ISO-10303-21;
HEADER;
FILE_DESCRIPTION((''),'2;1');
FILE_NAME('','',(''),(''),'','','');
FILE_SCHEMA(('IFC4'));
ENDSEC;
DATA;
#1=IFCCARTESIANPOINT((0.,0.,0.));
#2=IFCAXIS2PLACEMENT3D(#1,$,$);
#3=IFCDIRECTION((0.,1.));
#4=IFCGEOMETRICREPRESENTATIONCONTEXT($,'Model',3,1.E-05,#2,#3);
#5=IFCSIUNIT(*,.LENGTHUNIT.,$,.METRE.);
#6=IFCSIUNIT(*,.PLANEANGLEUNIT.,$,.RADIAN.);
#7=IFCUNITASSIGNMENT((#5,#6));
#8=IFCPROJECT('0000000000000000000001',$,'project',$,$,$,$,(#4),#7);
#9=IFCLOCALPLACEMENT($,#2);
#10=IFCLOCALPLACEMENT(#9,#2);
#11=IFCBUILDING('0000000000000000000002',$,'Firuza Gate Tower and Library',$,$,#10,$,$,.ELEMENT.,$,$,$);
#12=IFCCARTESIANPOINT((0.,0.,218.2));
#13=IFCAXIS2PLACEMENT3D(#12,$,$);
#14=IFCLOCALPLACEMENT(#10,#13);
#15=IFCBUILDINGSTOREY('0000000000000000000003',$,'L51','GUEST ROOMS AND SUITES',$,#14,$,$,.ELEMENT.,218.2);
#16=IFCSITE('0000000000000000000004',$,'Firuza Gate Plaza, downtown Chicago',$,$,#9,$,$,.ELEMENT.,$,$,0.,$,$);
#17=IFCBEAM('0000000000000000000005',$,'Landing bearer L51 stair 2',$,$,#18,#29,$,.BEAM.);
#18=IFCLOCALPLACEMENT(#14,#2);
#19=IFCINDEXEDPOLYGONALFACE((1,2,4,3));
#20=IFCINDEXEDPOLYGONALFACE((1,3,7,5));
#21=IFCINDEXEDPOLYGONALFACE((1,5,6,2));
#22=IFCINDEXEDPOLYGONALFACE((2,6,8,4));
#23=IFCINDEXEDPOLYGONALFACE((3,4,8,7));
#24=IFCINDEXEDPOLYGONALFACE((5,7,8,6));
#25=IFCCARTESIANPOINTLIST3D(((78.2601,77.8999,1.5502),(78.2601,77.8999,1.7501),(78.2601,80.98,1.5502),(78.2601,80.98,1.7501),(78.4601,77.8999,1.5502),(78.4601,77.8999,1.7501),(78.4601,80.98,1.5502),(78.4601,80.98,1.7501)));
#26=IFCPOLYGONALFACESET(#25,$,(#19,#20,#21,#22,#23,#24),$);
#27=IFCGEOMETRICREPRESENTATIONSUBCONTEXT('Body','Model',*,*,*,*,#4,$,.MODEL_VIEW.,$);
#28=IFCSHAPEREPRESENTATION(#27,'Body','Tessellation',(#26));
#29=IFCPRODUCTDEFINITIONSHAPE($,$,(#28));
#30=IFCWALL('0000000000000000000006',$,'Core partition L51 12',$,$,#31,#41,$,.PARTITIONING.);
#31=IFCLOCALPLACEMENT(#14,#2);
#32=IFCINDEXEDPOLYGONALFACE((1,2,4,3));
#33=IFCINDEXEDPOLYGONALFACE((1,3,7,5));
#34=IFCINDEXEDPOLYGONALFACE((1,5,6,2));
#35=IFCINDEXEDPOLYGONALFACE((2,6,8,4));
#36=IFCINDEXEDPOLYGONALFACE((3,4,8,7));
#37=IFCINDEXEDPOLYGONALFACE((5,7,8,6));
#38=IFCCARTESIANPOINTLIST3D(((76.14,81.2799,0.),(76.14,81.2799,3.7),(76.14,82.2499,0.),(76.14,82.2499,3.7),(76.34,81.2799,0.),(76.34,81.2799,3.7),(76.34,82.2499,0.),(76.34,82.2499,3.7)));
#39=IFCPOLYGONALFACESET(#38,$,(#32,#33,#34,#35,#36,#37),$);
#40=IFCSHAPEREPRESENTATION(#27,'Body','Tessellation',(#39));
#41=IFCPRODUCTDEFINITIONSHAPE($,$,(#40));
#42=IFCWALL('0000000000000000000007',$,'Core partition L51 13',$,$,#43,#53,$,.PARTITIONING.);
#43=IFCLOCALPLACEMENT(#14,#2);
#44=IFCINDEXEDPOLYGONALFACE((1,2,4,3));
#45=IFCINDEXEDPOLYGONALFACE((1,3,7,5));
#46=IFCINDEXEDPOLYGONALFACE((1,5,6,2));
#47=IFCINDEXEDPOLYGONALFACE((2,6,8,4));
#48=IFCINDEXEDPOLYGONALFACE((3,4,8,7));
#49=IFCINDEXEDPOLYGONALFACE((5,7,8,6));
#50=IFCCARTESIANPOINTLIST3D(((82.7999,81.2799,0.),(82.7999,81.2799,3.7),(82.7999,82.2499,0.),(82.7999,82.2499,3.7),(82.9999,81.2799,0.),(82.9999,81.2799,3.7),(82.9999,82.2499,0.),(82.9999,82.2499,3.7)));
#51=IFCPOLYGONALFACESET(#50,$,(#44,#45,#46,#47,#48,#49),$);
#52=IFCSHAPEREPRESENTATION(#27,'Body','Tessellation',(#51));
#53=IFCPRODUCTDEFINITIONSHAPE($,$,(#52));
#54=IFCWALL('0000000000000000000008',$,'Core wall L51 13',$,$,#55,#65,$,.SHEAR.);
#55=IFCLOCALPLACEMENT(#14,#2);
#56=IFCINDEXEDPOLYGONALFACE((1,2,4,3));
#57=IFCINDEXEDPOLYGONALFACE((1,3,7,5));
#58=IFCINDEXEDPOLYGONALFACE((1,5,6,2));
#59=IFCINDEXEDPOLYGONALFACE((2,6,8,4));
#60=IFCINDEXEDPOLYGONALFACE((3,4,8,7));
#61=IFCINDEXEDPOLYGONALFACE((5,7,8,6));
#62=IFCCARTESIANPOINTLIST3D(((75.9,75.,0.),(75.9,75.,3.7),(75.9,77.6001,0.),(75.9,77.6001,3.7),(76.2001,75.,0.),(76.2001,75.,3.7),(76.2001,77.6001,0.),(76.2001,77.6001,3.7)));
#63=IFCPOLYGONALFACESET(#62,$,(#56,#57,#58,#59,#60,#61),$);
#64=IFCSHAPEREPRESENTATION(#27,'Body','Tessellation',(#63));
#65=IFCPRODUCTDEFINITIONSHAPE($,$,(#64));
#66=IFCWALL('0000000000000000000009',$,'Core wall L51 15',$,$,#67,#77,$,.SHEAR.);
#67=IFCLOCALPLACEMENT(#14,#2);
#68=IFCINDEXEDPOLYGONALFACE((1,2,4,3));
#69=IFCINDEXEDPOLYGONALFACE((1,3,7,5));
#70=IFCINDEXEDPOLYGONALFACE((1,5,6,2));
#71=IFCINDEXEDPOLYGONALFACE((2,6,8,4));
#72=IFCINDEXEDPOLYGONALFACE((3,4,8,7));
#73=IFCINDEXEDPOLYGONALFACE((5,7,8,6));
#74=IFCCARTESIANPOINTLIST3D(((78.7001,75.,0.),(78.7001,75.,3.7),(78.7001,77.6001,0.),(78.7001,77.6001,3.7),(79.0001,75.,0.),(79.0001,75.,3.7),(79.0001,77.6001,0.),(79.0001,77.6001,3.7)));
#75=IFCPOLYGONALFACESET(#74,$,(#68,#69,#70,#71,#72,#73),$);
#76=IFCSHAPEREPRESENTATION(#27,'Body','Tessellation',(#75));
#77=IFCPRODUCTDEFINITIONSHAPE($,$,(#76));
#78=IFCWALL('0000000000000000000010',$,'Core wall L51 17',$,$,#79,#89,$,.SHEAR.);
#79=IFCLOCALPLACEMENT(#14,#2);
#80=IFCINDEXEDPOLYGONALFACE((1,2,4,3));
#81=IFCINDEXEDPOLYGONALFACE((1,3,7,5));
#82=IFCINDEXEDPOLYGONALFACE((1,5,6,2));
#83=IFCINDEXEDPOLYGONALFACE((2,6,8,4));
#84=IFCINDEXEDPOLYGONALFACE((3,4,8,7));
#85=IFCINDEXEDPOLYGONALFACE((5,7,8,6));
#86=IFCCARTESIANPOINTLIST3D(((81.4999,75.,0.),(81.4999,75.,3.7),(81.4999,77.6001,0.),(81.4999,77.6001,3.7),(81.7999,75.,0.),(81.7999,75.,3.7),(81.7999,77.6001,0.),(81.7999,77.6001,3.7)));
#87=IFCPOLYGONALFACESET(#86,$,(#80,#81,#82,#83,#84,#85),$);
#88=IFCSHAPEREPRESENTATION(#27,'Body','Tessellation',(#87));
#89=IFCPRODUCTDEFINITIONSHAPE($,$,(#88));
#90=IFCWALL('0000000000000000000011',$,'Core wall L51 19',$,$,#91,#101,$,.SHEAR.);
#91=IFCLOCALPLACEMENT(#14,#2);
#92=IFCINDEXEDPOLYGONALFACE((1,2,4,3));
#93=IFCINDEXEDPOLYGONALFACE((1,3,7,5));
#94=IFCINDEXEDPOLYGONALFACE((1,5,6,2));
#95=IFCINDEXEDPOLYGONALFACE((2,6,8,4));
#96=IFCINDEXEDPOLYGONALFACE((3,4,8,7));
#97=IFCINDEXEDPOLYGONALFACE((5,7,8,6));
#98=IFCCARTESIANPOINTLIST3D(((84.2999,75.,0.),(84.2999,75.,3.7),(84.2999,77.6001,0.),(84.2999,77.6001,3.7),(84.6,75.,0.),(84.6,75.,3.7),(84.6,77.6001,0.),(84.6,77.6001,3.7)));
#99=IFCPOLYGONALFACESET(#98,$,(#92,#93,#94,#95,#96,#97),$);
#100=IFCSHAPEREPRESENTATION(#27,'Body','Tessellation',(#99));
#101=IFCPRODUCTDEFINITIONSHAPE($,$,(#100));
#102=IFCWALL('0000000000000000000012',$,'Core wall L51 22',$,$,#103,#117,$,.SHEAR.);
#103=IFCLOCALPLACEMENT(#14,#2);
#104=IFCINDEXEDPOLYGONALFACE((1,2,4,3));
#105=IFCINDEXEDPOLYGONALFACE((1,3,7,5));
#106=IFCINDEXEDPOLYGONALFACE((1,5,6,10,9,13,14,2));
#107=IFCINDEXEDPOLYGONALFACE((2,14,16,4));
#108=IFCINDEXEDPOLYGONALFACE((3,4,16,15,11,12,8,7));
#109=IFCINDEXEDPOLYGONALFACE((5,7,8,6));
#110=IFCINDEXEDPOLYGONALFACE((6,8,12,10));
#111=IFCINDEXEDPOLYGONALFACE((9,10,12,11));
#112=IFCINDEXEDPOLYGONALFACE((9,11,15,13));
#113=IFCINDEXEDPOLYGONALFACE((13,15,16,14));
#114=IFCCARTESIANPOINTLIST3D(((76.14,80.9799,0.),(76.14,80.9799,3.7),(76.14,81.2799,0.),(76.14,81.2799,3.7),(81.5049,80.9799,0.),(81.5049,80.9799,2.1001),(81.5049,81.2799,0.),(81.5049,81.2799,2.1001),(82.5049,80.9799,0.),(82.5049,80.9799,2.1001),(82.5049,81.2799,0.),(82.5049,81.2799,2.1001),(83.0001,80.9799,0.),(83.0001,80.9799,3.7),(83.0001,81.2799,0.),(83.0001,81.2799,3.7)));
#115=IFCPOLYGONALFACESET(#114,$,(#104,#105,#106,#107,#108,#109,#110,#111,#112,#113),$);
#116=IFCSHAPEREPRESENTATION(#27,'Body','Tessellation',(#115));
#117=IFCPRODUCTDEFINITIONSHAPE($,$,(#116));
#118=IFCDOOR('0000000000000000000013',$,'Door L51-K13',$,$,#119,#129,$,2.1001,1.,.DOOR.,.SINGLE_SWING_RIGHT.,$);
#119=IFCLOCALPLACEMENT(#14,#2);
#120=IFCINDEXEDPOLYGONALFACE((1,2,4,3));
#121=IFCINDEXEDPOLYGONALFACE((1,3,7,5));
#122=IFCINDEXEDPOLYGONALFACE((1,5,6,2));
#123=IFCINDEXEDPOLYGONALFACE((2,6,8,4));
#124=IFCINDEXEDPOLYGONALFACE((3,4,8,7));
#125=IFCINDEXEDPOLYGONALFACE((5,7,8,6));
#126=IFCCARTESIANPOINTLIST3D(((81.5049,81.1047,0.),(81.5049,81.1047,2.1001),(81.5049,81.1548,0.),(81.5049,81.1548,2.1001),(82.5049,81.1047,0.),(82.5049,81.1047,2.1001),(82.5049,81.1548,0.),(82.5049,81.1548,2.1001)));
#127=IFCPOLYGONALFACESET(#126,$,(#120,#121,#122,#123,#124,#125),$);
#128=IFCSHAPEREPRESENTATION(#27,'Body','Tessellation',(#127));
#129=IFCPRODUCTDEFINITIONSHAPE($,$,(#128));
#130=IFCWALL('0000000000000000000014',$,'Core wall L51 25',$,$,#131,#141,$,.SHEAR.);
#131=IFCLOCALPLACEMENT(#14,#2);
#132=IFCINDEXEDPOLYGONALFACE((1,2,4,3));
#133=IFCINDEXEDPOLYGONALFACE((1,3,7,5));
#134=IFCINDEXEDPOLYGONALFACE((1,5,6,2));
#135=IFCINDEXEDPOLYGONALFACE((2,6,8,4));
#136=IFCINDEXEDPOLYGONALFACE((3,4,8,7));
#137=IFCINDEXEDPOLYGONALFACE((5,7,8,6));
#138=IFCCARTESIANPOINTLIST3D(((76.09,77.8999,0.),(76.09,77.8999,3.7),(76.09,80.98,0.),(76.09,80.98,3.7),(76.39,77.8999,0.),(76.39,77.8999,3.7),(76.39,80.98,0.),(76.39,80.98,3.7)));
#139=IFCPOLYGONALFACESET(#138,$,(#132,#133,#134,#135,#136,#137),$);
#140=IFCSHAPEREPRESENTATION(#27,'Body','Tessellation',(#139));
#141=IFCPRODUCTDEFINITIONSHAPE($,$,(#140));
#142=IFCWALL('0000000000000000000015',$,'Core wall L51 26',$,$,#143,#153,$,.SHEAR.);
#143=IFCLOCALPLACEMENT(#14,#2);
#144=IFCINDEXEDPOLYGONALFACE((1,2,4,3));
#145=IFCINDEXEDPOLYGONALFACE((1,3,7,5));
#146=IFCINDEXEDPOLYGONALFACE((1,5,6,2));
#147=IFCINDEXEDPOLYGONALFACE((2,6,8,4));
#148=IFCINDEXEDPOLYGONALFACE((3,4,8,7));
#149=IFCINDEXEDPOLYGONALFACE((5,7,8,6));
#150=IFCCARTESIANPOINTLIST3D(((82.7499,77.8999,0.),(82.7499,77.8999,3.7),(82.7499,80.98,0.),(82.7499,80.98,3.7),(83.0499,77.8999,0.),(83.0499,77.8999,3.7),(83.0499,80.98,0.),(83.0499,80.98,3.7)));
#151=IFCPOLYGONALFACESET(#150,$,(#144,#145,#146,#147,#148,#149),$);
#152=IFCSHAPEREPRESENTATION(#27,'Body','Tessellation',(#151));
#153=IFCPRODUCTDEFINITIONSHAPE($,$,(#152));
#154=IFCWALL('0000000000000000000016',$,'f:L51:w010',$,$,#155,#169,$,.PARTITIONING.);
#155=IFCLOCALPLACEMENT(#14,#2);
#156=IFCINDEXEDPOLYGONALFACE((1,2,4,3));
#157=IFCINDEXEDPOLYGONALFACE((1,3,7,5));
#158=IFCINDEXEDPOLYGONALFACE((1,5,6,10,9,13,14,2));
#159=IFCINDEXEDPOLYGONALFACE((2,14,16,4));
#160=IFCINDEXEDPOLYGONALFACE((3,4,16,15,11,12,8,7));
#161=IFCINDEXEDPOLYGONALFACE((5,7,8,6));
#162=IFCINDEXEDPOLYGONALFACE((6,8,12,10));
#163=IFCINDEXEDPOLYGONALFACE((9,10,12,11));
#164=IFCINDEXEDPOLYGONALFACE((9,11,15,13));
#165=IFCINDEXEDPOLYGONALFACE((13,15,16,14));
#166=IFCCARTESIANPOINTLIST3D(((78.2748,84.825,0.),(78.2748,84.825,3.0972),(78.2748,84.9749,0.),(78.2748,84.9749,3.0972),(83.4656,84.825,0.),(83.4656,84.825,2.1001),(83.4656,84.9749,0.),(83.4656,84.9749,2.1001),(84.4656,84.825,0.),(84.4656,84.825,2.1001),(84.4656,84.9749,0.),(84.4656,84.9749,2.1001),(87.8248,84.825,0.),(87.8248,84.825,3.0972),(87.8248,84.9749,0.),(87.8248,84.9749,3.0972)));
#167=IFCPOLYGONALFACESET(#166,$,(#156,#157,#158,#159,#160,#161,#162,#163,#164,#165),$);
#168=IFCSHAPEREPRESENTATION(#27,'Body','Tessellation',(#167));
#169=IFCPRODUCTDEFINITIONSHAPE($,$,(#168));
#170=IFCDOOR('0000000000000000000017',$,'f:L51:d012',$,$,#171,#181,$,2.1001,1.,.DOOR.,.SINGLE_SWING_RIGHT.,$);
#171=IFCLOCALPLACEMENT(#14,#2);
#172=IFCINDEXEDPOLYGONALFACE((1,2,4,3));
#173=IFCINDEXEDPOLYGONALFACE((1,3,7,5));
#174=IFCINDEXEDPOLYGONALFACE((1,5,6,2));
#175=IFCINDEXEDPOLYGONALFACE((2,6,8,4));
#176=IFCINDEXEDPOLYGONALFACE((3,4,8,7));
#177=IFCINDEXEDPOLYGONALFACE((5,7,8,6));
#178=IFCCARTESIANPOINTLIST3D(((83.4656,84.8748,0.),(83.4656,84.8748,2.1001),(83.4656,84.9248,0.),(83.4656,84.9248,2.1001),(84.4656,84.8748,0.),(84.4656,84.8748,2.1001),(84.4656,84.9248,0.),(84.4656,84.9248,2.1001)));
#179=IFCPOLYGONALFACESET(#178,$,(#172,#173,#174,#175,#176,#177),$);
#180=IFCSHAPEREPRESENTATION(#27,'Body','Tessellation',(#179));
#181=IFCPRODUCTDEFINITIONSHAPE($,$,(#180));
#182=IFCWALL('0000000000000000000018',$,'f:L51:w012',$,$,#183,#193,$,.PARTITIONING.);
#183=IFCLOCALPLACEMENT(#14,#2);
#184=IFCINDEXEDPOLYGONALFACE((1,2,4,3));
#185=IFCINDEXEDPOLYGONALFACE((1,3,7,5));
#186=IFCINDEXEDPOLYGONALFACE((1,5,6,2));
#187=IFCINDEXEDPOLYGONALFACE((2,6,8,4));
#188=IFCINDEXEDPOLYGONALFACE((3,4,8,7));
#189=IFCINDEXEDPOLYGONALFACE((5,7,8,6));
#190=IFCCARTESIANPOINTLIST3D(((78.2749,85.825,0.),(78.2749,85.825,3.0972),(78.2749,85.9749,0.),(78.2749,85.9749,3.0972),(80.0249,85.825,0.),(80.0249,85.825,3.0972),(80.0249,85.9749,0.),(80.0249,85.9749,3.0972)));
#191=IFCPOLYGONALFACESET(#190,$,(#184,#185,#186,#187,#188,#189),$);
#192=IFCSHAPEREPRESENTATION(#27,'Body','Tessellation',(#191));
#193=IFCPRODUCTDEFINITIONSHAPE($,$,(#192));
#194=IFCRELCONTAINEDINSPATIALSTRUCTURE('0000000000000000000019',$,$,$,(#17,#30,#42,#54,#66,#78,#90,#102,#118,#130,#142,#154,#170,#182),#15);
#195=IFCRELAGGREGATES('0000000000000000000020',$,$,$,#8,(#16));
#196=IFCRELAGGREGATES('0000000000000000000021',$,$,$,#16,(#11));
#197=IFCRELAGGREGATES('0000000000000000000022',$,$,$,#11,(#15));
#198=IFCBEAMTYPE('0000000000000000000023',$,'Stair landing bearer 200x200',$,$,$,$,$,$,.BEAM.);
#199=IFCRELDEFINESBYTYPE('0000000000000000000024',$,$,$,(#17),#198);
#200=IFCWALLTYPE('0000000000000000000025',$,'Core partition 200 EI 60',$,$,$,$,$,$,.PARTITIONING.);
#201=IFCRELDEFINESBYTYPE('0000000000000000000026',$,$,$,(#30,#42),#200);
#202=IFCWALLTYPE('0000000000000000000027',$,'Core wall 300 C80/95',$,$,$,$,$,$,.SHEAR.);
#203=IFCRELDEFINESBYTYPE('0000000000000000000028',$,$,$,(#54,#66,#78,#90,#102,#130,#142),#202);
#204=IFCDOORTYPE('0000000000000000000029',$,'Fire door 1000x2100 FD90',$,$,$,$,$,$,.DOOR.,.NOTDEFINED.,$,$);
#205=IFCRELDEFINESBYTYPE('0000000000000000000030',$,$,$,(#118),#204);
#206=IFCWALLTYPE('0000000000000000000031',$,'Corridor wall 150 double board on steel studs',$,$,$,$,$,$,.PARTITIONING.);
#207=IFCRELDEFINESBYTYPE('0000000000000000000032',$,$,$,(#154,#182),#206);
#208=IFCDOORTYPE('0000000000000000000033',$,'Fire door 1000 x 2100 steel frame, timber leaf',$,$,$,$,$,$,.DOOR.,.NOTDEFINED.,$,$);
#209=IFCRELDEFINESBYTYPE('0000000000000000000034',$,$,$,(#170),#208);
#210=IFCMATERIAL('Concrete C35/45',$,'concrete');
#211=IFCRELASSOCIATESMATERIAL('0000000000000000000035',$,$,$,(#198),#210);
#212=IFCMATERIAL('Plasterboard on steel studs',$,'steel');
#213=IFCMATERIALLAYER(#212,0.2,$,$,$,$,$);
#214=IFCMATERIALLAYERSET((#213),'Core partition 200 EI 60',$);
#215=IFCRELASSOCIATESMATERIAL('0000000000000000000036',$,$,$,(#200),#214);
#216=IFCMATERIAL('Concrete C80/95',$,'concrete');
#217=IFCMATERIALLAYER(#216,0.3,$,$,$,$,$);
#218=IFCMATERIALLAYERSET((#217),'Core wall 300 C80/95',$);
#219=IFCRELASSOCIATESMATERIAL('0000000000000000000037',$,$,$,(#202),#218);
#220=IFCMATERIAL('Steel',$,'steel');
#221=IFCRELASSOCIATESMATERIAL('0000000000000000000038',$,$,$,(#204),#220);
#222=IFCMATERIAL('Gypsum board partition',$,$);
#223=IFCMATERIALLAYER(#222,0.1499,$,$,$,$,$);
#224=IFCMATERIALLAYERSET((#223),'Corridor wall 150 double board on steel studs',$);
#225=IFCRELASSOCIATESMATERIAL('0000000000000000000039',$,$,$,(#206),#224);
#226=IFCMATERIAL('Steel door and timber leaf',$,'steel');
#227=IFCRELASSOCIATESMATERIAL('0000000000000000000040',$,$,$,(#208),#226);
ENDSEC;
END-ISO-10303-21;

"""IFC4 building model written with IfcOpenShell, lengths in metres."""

from ifc_helpers import new_model, si_unit, direction, frame, frame_2d, origin, origin_2d, place, context, subcontext, project, spatial, rectangle, extrude, material, layer, layer_set, material_profile, profile_set, type_object, element, fill, save


model = new_model("IFC4")

# Units and contexts
model_context = context("Model", 3, precision=1e-05, world=origin(), true_north=direction((0.0, 1.0)))
body_context = subcontext(model_context, "Body", "Model", "MODEL_VIEW")
ifc_project = project(units=[si_unit("LENGTHUNIT", "METRE"), si_unit("PLANEANGLEUNIT", "RADIAN")], contexts=[model_context])

# Site, building, storey
site_placement = place(None, origin())
site = spatial("IfcSite", under=ifc_project, at=site_placement, Name="Firuza Gate Plaza, downtown Chicago", CompositionType="ELEMENT", RefElevation=0.0)
building_placement = place(site_placement, origin())
building = spatial("IfcBuilding", under=site, at=building_placement, Name="Firuza Gate Tower and Library", CompositionType="ELEMENT")
storey_placement = place(building_placement, frame((0.0, 0.0, 218.2)))
storey = spatial("IfcBuildingStorey", under=building, at=storey_placement, Name="L51", Description="GUEST ROOMS AND SUITES", CompositionType="ELEMENT", Elevation=218.2)

# Beam
ifc_material_1 = material(Name="Concrete C35/45", Category="concrete")
ifc_material_profile = material_profile(ifc_material_1, rectangle(XDim=0.2, YDim=0.2, at=origin_2d()))
ifc_profile_set = profile_set([ifc_material_profile], Name="Concrete C35/45")
beam_type = type_object("IfcBeamType", Name="Stair landing bearer 200x200", PredefinedType="BEAM", material=ifc_profile_set)
beam_placement = place(storey_placement, frame((78.3601, 80.98, 1.6501), z_axis=(0.0, -1.0, 0.0), x_axis=(1.0, 0.0, 0.0)))
element("IfcBeam", 1, at=beam_placement, inside=storey, type_object=beam_type, Name="Landing bearer L51 stair 2", PredefinedType="BEAM", context=body_context, shape_type="SweptSolid", body=[
    extrude(rectangle(XDim=0.2, YDim=0.2, at=origin_2d()), origin(), (0.0, 0.0, 1.0), 3.0801),
])

# Walls
ifc_material_2 = material(Name="Plasterboard on steel studs", Category="steel")
ifc_layer_1 = layer(ifc_material_2, 0.2)
ifc_layer_set_1 = layer_set([ifc_layer_1], Name="Core partition 200 EI 60")
wall_type_1 = type_object("IfcWallType", Name="Core partition 200 EI 60", PredefinedType="PARTITIONING", material=ifc_layer_set_1)
for number, where, z_axis, x_axis, name in (
    (2, (76.24, 81.28, 0.0), (0.0, 0.0, 1.0), (0.0, 1.0, 0.0), "Core partition L51 12"),
    (3, (82.8999, 81.28, 0.0), (0.0, 0.0, 1.0), (0.0, 1.0, 0.0), "Core partition L51 13"),
):
    element("IfcWall", number, at=place(storey_placement, frame(where, z_axis=z_axis, x_axis=x_axis)), inside=storey, type_object=wall_type_1, Name=name, PredefinedType="PARTITIONING", context=body_context, shape_type="SweptSolid", body=[
        extrude(rectangle(XDim=0.97, YDim=0.2, at=frame_2d((0.4849, 0.0))), origin(), (0.0, 0.0, 1.0), 3.7),
    ])
ifc_material_3 = material(Name="Concrete C80/95", Category="concrete")
ifc_layer_2 = layer(ifc_material_3, 0.3)
ifc_layer_set_2 = layer_set([ifc_layer_2], Name="Core wall 300 C80/95")
wall_type_2 = type_object("IfcWallType", Name="Core wall 300 C80/95", PredefinedType="SHEAR", material=ifc_layer_set_2)
for number, where, z_axis, x_axis, name in (
    (4, (76.05, 75.0, 0.0), (0.0, 0.0, 1.0), (0.0, 1.0, 0.0), "Core wall L51 13"),
    (5, (78.8501, 75.0, 0.0), (0.0, 0.0, 1.0), (0.0, 1.0, 0.0), "Core wall L51 15"),
    (6, (81.6499, 75.0, 0.0), (0.0, 0.0, 1.0), (0.0, 1.0, 0.0), "Core wall L51 17"),
    (7, (84.45, 75.0, 0.0), (0.0, 0.0, 1.0), (0.0, 1.0, 0.0), "Core wall L51 19"),
):
    element("IfcWall", number, at=place(storey_placement, frame(where, z_axis=z_axis, x_axis=x_axis)), inside=storey, type_object=wall_type_2, Name=name, PredefinedType="SHEAR", context=body_context, shape_type="SweptSolid", body=[
        extrude(rectangle(XDim=2.6001, YDim=0.3, at=frame_2d((1.3, 0.0))), origin(), (0.0, 0.0, 1.0), 3.7),
    ])

# Wall, opening, door
wall_1_placement = place(storey_placement, frame((76.1399, 81.1299, 0.0), z_axis=(0.0, 0.0, 1.0), x_axis=(1.0, 0.0, 0.0)))
wall_1 = element("IfcWall", 8, at=wall_1_placement, inside=storey, type_object=wall_type_2, Name="Core wall L51 22", PredefinedType="SHEAR", context=body_context, shape_type="SweptSolid", body=[
    extrude(rectangle(XDim=6.8601, YDim=0.3, at=frame_2d((3.4302, 0.0))), origin(), (0.0, 0.0, 1.0), 3.7),
])
opening_1_placement = place(wall_1_placement, frame((5.365, 0.0, 0.0)))
opening_1 = element("IfcOpeningElement", 9, at=opening_1_placement, cuts=wall_1, PredefinedType="OPENING", context=body_context, shape_type="SweptSolid", body=[
    extrude(rectangle(XDim=1.0, YDim=2.1001, at=frame_2d((0.5, 1.05))), frame((0.0, 0.1602, 0.0), z_axis=(0.0, -1.0, 0.0), x_axis=(1.0, 0.0, 0.0)), (0.0, 0.0, 1.0), 0.3201),
])
ifc_material_4 = material(Name="Steel", Category="steel")
door_type_1 = type_object("IfcDoorType", Name="Fire door 1000x2100 FD90", OperationType="NOTDEFINED", PredefinedType="DOOR", material=ifc_material_4)
door_1_placement = place(opening_1_placement, origin())
door_1 = element("IfcDoor", 10, at=door_1_placement, inside=storey, type_object=door_type_1, Name="Door L51-K13", OperationType="SINGLE_SWING_RIGHT", OverallHeight=2.1001, OverallWidth=1.0, PredefinedType="DOOR", context=body_context, shape_type="SweptSolid", body=[
    extrude(rectangle(XDim=1.0, YDim=2.1001, at=frame_2d((0.5, 1.05))), frame((0.0, 0.0249, 0.0), z_axis=(0.0, -1.0, 0.0), x_axis=(1.0, 0.0, 0.0)), (0.0, 0.0, 1.0), 0.05),
])
fill(opening_1, door_1)

# Walls
for number, where, z_axis, x_axis, name in (
    (11, (76.24, 77.8999, 0.0), (0.0, 0.0, 1.0), (0.0, 1.0, 0.0), "Core wall L51 25"),
    (12, (82.8999, 77.8999, 0.0), (0.0, 0.0, 1.0), (0.0, 1.0, 0.0), "Core wall L51 26"),
):
    element("IfcWall", number, at=place(storey_placement, frame(where, z_axis=z_axis, x_axis=x_axis)), inside=storey, type_object=wall_type_2, Name=name, PredefinedType="SHEAR", context=body_context, shape_type="SweptSolid", body=[
        extrude(rectangle(XDim=3.0801, YDim=0.3, at=frame_2d((1.54, 0.0))), origin(), (0.0, 0.0, 1.0), 3.7),
    ])

# Wall, opening, door
ifc_material_5 = material(Name="Gypsum board partition")
ifc_layer_3 = layer(ifc_material_5, 0.1499)
ifc_layer_set_3 = layer_set([ifc_layer_3], Name="Corridor wall 150 double board on steel studs")
wall_type_3 = type_object("IfcWallType", Name="Corridor wall 150 double board on steel studs", PredefinedType="PARTITIONING", material=ifc_layer_set_3)
wall_2_placement = place(storey_placement, frame((78.2749, 84.8999, 0.0), z_axis=(0.0, 0.0, 1.0), x_axis=(1.0, 0.0, 0.0)))
wall_2 = element("IfcWall", 13, at=wall_2_placement, inside=storey, type_object=wall_type_3, Name="f:L51:w010", PredefinedType="PARTITIONING", context=body_context, shape_type="SweptSolid", body=[
    extrude(rectangle(XDim=9.55, YDim=0.1499, at=frame_2d((4.7749, 0.0))), origin(), (0.0, 0.0, 1.0), 3.0972),
])
opening_2_placement = place(wall_2_placement, frame((5.1907, 0.0, 0.0)))
opening_2 = element("IfcOpeningElement", 14, at=opening_2_placement, cuts=wall_2, PredefinedType="OPENING", context=body_context, shape_type="SweptSolid", body=[
    extrude(rectangle(XDim=1.0, YDim=2.1001, at=frame_2d((0.5, 1.05))), frame((0.0, 0.085, 0.0), z_axis=(0.0, -1.0, 0.0), x_axis=(1.0, 0.0, 0.0)), (0.0, 0.0, 1.0), 0.1699),
])
ifc_material_6 = material(Name="Steel door and timber leaf", Category="steel")
door_type_2 = type_object("IfcDoorType", Name="Fire door 1000 x 2100 steel frame, timber leaf", OperationType="NOTDEFINED", PredefinedType="DOOR", material=ifc_material_6)
door_2_placement = place(opening_2_placement, origin())
door_2 = element("IfcDoor", 15, at=door_2_placement, inside=storey, type_object=door_type_2, Name="f:L51:d012", OperationType="SINGLE_SWING_RIGHT", OverallHeight=2.1001, OverallWidth=1.0, PredefinedType="DOOR", context=body_context, shape_type="SweptSolid", body=[
    extrude(rectangle(XDim=1.0, YDim=2.1001, at=frame_2d((0.5, 1.05))), frame((0.0, 0.0249, 0.0), z_axis=(0.0, -1.0, 0.0), x_axis=(1.0, 0.0, 0.0)), (0.0, 0.0, 1.0), 0.05),
])
fill(opening_2, door_2)

# Wall
wall_3_placement = place(storey_placement, frame((78.2749, 85.8999, 0.0), z_axis=(0.0, 0.0, 1.0), x_axis=(1.0, 0.0, 0.0)))
element("IfcWall", 16, at=wall_3_placement, inside=storey, type_object=wall_type_3, Name="f:L51:w012", PredefinedType="PARTITIONING", context=body_context, shape_type="SweptSolid", body=[
    extrude(rectangle(XDim=1.75, YDim=0.1499, at=frame_2d((0.875, 0.0))), origin(), (0.0, 0.0, 1.0), 3.0972),
])

save(model, "model.ifc")
